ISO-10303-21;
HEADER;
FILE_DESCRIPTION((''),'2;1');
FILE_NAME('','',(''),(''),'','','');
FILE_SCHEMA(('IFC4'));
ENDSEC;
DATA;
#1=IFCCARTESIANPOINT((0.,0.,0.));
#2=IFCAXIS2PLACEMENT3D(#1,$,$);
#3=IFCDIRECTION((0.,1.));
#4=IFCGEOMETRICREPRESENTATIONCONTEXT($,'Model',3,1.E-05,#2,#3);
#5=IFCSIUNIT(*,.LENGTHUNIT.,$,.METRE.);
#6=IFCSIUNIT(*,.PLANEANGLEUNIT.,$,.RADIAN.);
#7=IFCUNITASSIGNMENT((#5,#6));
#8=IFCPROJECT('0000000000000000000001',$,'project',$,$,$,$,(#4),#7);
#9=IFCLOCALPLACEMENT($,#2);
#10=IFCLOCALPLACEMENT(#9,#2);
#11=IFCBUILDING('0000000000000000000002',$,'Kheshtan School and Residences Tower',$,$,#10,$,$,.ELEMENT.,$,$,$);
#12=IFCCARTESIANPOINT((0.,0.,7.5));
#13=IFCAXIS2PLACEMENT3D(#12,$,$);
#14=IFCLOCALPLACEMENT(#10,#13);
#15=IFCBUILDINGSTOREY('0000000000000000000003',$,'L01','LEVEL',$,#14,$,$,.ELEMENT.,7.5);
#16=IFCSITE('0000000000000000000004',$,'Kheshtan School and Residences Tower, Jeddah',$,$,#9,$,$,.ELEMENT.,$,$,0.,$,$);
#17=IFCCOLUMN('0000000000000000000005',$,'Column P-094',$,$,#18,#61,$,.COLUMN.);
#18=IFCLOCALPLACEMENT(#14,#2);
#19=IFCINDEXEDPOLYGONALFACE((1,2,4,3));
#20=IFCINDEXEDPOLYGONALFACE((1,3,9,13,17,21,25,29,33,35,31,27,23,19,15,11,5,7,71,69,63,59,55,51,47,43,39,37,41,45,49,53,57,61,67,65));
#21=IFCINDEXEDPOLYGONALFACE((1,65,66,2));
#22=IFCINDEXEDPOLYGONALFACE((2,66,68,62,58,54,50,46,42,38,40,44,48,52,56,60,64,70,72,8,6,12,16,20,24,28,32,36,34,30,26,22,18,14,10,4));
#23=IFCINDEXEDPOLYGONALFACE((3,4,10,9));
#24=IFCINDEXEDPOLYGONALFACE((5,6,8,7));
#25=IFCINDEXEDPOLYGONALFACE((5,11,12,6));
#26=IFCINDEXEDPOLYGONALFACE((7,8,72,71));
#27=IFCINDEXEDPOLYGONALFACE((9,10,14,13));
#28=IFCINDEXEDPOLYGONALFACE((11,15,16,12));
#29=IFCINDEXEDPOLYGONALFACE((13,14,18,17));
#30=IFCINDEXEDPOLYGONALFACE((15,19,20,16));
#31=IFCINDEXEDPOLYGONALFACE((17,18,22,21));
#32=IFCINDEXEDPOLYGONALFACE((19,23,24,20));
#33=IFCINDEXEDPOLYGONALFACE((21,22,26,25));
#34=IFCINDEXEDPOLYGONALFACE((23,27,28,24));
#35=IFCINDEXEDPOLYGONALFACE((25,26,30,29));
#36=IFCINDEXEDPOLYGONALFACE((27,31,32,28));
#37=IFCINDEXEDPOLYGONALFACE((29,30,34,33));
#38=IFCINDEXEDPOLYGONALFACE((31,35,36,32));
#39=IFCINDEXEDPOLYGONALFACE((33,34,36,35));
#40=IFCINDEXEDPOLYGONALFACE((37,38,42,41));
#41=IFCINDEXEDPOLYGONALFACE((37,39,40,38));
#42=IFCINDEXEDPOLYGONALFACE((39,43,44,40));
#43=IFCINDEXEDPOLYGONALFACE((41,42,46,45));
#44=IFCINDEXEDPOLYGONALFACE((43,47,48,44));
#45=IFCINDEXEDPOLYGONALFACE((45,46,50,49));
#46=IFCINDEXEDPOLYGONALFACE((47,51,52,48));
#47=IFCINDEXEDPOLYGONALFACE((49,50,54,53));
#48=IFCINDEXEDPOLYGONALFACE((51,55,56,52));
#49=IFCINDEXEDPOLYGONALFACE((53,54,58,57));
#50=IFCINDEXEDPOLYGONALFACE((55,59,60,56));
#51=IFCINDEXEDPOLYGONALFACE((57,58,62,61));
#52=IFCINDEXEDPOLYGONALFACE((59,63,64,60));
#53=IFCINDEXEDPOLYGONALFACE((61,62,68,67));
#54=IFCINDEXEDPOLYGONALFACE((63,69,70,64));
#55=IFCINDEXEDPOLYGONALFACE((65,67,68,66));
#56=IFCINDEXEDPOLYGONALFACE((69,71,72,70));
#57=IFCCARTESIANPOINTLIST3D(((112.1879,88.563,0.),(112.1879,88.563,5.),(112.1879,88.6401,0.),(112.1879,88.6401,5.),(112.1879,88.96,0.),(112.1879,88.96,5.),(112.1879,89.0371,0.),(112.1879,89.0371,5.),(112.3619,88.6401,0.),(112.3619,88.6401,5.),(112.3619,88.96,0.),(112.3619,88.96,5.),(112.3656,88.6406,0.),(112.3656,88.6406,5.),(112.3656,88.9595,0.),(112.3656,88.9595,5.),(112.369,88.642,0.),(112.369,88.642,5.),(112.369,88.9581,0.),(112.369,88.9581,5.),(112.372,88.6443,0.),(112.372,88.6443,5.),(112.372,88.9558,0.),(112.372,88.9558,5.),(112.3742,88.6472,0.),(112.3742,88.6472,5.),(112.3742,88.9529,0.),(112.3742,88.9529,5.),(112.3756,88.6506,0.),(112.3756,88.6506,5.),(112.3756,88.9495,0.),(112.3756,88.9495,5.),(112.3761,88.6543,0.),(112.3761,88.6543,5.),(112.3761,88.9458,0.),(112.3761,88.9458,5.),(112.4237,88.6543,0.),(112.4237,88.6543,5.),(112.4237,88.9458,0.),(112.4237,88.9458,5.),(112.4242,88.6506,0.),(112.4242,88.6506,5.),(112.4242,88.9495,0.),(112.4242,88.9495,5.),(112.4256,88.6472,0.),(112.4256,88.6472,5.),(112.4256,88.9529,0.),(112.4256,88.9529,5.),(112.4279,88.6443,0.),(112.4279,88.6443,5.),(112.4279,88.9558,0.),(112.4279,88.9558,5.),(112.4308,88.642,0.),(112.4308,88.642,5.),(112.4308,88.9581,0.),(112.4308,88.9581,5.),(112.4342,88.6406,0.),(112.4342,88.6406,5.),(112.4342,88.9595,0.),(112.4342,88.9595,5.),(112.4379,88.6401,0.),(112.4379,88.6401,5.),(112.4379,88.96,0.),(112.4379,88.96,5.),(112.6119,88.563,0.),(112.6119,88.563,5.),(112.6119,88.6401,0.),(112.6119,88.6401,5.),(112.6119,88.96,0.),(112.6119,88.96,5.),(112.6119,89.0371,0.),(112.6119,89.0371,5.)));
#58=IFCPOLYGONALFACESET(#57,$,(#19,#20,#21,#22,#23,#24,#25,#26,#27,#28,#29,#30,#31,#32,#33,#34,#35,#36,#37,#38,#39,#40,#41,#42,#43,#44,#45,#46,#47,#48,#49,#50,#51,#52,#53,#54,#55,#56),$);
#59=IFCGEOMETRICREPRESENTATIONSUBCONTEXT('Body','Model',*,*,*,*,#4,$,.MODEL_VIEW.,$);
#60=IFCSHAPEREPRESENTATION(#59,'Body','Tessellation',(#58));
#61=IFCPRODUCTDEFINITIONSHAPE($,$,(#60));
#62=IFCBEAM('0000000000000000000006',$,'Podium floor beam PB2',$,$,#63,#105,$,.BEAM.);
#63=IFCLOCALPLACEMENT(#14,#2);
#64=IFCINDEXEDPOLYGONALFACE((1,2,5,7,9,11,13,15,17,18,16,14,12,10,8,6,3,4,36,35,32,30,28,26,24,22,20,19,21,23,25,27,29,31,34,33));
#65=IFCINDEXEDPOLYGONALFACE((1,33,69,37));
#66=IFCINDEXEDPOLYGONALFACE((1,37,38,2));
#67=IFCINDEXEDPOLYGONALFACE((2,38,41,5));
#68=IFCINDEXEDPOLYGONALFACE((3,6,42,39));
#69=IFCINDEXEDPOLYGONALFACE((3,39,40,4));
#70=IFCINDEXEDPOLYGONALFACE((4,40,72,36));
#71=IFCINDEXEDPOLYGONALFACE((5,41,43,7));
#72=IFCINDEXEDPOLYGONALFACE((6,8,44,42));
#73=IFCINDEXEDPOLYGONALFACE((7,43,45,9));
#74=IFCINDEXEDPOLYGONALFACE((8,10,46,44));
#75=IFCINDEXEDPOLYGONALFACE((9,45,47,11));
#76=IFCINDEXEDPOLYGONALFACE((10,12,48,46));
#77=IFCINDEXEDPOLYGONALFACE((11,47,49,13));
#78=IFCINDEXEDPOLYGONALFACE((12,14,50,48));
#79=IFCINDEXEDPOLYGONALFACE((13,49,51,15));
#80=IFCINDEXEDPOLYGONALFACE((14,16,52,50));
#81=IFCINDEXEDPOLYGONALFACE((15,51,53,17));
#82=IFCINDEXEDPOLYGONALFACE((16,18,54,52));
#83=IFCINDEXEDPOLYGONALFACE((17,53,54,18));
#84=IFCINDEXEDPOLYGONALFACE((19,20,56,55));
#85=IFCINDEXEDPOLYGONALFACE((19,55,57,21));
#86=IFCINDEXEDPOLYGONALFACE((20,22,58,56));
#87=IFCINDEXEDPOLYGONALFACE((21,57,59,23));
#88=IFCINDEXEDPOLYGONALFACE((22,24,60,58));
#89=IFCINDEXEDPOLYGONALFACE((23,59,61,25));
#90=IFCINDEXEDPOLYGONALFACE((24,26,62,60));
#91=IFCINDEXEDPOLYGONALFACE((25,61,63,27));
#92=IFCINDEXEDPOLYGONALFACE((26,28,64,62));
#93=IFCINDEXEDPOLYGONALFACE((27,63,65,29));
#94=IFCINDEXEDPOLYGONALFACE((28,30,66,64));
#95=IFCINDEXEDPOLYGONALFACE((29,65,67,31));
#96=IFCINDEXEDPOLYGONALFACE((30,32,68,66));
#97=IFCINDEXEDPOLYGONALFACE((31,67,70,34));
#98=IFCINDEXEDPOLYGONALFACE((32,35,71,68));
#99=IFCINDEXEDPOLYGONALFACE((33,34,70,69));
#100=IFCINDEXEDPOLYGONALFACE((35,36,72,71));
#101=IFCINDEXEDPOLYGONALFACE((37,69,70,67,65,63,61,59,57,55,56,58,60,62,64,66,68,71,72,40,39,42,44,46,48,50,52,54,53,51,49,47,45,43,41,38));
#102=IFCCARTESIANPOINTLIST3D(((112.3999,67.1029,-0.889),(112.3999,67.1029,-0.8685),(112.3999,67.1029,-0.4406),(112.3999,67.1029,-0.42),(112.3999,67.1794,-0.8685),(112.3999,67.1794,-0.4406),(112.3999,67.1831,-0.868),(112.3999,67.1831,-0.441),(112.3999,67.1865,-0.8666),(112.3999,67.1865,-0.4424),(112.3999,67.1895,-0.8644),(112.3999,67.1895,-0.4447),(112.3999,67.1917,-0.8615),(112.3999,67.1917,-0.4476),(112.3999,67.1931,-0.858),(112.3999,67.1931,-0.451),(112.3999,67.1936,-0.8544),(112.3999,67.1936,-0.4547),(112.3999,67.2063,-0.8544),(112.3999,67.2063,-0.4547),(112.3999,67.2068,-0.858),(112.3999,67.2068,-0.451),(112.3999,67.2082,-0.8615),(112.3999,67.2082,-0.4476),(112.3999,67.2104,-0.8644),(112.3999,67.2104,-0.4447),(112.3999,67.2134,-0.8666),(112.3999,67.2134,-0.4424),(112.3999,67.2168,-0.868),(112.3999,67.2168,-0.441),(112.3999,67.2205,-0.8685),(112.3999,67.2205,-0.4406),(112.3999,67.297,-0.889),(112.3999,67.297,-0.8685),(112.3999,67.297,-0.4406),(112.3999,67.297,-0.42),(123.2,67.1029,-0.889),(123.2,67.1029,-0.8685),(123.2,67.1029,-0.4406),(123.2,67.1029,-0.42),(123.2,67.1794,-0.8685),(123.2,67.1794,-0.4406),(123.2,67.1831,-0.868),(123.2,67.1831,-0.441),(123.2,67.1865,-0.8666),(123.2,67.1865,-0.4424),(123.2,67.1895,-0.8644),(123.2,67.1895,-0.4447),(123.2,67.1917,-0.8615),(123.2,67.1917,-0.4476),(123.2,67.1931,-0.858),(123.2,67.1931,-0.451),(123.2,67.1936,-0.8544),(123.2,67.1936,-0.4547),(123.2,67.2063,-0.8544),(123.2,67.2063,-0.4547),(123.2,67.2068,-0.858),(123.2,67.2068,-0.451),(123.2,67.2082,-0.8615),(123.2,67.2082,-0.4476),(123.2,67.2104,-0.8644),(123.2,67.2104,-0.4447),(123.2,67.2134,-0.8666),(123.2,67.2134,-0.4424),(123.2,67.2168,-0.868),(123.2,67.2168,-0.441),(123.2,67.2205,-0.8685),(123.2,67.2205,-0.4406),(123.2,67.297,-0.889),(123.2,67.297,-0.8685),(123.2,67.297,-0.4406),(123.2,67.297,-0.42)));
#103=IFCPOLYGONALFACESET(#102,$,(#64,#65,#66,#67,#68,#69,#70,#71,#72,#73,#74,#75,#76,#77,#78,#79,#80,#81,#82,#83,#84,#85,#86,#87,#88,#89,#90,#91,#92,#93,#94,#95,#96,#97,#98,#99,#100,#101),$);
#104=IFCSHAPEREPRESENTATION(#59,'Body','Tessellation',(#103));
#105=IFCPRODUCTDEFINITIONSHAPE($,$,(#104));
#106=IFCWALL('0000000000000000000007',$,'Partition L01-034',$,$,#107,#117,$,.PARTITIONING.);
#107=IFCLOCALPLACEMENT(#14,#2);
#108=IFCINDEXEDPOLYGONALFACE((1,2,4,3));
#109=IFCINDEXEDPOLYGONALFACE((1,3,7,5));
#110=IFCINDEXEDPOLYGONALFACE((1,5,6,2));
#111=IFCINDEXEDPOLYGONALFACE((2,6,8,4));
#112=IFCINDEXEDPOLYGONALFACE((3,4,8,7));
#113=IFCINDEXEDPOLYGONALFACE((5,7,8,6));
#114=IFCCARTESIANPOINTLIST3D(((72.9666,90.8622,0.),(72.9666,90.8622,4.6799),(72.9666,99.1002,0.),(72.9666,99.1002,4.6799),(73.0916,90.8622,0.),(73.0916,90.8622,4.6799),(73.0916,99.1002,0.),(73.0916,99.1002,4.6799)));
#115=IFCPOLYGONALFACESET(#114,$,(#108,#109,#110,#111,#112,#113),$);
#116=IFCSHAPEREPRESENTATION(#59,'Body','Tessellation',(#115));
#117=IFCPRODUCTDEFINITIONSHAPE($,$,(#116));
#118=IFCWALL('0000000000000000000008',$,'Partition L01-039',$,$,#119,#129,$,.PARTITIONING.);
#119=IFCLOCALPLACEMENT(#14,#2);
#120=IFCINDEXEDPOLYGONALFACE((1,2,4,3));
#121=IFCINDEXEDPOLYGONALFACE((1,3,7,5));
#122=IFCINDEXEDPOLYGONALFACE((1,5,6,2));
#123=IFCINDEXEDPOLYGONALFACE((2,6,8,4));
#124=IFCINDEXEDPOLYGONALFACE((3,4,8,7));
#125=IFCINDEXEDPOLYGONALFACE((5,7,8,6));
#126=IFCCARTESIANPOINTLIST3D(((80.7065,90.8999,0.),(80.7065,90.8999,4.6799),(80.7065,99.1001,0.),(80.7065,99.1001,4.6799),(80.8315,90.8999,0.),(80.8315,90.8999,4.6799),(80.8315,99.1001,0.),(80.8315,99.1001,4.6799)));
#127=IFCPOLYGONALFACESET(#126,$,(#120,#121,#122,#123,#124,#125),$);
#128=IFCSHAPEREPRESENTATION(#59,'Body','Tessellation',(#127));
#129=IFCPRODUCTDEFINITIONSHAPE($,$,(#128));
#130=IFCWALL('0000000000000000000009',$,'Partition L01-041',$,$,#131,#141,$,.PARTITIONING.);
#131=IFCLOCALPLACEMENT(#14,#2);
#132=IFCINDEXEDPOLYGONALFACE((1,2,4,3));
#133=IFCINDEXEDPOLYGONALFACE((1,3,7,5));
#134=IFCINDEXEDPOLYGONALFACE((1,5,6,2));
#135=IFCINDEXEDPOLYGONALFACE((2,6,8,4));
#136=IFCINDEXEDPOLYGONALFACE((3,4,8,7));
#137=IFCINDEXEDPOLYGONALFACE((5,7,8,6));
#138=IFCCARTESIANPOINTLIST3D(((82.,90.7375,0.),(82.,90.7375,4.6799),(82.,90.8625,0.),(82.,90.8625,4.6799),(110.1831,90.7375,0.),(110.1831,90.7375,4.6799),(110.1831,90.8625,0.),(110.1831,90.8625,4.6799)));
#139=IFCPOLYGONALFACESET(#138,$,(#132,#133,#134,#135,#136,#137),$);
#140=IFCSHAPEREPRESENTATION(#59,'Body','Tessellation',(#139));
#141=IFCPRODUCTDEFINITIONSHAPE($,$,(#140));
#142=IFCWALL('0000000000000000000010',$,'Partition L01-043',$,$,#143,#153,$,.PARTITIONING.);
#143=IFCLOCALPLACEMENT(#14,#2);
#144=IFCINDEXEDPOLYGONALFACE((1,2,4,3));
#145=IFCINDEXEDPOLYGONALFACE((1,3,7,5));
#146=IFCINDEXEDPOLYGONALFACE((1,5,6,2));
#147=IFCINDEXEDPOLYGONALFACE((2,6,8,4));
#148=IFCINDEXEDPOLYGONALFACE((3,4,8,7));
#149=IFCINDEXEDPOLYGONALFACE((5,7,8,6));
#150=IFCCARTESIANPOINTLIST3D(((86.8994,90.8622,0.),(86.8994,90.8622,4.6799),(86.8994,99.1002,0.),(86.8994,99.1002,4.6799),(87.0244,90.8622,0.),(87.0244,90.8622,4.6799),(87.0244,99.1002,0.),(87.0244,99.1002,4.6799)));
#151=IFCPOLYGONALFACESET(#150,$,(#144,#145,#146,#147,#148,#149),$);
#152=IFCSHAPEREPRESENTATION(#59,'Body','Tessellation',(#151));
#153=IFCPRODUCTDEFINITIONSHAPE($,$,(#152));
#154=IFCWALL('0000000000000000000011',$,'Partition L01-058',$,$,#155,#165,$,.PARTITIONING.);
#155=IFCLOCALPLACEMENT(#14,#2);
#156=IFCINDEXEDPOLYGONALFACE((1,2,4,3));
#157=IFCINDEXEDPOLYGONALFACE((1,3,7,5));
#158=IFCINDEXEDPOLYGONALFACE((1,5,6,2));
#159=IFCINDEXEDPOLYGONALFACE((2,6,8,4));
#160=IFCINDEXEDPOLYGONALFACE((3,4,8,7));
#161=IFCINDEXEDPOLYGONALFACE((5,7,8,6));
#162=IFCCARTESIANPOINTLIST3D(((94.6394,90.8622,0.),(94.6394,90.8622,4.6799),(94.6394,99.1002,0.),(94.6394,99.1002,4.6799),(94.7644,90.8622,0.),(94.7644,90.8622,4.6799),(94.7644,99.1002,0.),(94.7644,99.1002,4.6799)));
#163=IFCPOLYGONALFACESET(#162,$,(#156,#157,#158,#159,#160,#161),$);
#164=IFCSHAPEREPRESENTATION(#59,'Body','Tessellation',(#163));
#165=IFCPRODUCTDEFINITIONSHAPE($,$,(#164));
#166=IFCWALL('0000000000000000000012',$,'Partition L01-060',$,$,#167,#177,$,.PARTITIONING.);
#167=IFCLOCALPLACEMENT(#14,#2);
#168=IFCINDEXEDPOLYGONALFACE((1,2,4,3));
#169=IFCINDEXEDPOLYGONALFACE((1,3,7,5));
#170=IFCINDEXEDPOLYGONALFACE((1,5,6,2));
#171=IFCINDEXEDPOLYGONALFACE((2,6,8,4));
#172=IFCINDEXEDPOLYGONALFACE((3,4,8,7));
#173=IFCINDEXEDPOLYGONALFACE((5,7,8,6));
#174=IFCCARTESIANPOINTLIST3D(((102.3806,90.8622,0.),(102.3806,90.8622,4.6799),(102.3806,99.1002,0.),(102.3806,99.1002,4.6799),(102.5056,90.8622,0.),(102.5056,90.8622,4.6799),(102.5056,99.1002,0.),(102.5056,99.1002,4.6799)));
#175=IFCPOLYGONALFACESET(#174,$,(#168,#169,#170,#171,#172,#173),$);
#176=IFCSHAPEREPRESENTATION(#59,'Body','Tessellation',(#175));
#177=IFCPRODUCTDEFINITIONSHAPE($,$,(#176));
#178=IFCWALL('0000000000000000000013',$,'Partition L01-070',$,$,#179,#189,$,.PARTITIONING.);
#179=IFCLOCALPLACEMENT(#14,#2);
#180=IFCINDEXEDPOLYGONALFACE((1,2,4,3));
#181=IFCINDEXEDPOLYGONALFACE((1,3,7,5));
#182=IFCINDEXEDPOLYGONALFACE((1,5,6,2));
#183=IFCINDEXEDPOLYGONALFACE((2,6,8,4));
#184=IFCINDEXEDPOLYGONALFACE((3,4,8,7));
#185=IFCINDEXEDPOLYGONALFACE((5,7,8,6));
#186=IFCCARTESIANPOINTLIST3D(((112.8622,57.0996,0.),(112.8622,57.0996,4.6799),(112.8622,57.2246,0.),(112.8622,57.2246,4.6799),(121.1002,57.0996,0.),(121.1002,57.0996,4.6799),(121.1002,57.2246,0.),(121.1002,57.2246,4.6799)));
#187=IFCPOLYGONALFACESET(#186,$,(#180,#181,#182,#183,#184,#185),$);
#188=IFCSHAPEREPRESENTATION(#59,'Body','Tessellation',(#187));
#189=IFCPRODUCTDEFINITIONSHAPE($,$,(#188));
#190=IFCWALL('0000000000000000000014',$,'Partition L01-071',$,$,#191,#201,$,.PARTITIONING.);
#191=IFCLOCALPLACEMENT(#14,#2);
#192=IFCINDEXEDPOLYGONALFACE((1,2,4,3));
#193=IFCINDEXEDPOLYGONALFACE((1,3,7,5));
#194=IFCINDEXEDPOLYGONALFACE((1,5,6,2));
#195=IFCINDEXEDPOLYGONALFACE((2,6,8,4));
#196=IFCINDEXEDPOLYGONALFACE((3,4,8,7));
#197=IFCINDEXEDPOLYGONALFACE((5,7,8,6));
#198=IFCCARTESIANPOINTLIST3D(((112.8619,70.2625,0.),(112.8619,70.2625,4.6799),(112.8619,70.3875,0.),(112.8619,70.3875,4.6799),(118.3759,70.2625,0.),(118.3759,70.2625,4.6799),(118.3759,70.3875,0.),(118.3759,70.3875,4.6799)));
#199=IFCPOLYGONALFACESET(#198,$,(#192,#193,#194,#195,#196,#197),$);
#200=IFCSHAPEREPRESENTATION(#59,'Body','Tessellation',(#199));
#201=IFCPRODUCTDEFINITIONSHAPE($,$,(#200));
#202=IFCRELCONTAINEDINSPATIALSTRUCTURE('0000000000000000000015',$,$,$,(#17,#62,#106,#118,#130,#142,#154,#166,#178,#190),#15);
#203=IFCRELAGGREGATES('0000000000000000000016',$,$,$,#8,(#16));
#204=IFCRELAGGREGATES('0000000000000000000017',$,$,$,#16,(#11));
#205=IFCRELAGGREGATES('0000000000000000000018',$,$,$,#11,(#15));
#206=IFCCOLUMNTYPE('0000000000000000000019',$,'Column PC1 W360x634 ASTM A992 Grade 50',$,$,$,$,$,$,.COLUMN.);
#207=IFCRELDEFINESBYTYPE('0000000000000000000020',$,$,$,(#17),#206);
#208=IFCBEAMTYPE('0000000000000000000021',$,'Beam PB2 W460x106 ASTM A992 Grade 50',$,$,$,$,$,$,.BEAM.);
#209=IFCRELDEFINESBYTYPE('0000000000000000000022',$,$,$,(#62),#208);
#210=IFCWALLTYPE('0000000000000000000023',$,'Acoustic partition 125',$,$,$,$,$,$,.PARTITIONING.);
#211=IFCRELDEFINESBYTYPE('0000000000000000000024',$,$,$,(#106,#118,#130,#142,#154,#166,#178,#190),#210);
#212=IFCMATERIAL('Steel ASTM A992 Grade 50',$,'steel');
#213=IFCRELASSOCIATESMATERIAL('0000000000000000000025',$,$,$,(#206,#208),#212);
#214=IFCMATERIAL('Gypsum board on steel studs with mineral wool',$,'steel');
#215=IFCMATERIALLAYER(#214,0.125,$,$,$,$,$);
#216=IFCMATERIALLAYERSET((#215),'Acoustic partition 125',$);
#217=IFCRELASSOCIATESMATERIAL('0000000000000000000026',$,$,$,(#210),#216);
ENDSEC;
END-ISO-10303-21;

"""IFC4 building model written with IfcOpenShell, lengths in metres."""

from ifc_helpers import new_model, si_unit, direction, frame, frame_2d, origin, origin_2d, place, context, subcontext, project, spatial, rectangle, i_section, extrude, material, layer, layer_set, material_profile, profile_set, type_object, element, save


model = new_model("IFC4")

# Units and contexts
model_context = context("Model", 3, precision=1e-05, world=origin(), true_north=direction((0.0, 1.0)))
body_context = subcontext(model_context, "Body", "Model", "MODEL_VIEW")
ifc_project = project(units=[si_unit("LENGTHUNIT", "METRE"), si_unit("PLANEANGLEUNIT", "RADIAN")], contexts=[model_context])

# Site, building, storey
site_placement = place(None, origin())
site = spatial("IfcSite", under=ifc_project, at=site_placement, Name="Kheshtan School and Residences Tower, Jeddah", CompositionType="ELEMENT", RefElevation=0.0)
building_placement = place(site_placement, origin())
building = spatial("IfcBuilding", under=site, at=building_placement, Name="Kheshtan School and Residences Tower", CompositionType="ELEMENT")
storey_placement = place(building_placement, frame((0.0, 0.0, 7.5)))
storey = spatial("IfcBuildingStorey", under=building, at=storey_placement, Name="L01", Description="LEVEL", CompositionType="ELEMENT", Elevation=7.5)

# Column
ifc_material_1 = material(Name="Steel ASTM A992 Grade 50", Category="steel")
ifc_material_profile_1 = material_profile(ifc_material_1, i_section(OverallWidth=0.4241, OverallDepth=0.4741, WebThickness=0.0476, FlangeThickness=0.0771, FilletRadius=0.0142, at=origin_2d()), Name="W360x634")
ifc_profile_set_1 = profile_set([ifc_material_profile_1], Name="Steel ASTM A992 Grade 50")
column_type = type_object("IfcColumnType", Name="Column PC1 W360x634 ASTM A992 Grade 50", PredefinedType="COLUMN", material=ifc_profile_set_1)
for number, where, z_axis, x_axis, name in (
    (1, (112.3999, 88.8, 0.0), (0.0, 0.0, 1.0), (1.0, 0.0, 0.0), "Column P-094"),
):
    element("IfcColumn", number, at=place(storey_placement, frame(where, z_axis=z_axis, x_axis=x_axis)), inside=storey, type_object=column_type, Name=name, PredefinedType="COLUMN", context=body_context, shape_type="SweptSolid", body=[
        extrude(i_section(OverallWidth=0.4241, OverallDepth=0.4741, WebThickness=0.0476, FlangeThickness=0.0771, FilletRadius=0.0142, at=origin_2d()), origin(), (0.0, 0.0, 1.0), 5.0),
    ])

# Beam
ifc_material_profile_2 = material_profile(ifc_material_1, i_section(OverallWidth=0.1941, OverallDepth=0.469, WebThickness=0.0127, FlangeThickness=0.0205, FilletRadius=0.0142, at=origin_2d()), Name="W460x106")
ifc_profile_set_2 = profile_set([ifc_material_profile_2], Name="Steel ASTM A992 Grade 50")
beam_type = type_object("IfcBeamType", Name="Beam PB2 W460x106 ASTM A992 Grade 50", PredefinedType="BEAM", material=ifc_profile_set_2)
beam_placement = place(storey_placement, frame((112.3999, 67.2, -0.6545), z_axis=(1.0, 0.0, 0.0), x_axis=(0.0, 1.0, 0.0)))
element("IfcBeam", 2, at=beam_placement, inside=storey, type_object=beam_type, Name="Podium floor beam PB2", PredefinedType="BEAM", context=body_context, shape_type="SweptSolid", body=[
    extrude(i_section(OverallWidth=0.1941, OverallDepth=0.469, WebThickness=0.0127, FlangeThickness=0.0205, FilletRadius=0.0142, at=origin_2d()), origin(), (0.0, 0.0, 1.0), 10.8),
])

# Walls
ifc_material_2 = material(Name="Gypsum board on steel studs with mineral wool", Category="steel")
ifc_layer_1 = layer(ifc_material_2, 0.125)
ifc_layer_set_1 = layer_set([ifc_layer_1], Name="Acoustic partition 125")
wall_type_1 = type_object("IfcWallType", Name="Acoustic partition 125", PredefinedType="PARTITIONING", material=ifc_layer_set_1)
wall_1_placement = place(storey_placement, frame((73.0291, 90.8621, 0.0), z_axis=(0.0, 0.0, 1.0), x_axis=(0.0, 1.0, 0.0)))
element("IfcWall", 3, at=wall_1_placement, inside=storey, type_object=wall_type_1, Name="Partition L01-034", PredefinedType="PARTITIONING", context=body_context, shape_type="SweptSolid", body=[
    extrude(rectangle(XDim=8.238, YDim=0.125, at=frame_2d((4.1191, 0.0))), origin(), (0.0, 0.0, 1.0), 4.6799),
])
wall_2_placement = place(storey_placement, frame((80.769, 90.8999, 0.0), z_axis=(0.0, 0.0, 1.0), x_axis=(0.0, 1.0, 0.0)))
element("IfcWall", 4, at=wall_2_placement, inside=storey, type_object=wall_type_1, Name="Partition L01-039", PredefinedType="PARTITIONING", context=body_context, shape_type="SweptSolid", body=[
    extrude(rectangle(XDim=8.2002, YDim=0.125, at=frame_2d((4.1001, 0.0))), origin(), (0.0, 0.0, 1.0), 4.6799),
])
wall_3_placement = place(storey_placement, frame((82.0, 90.8, 0.0), z_axis=(0.0, 0.0, 1.0), x_axis=(1.0, 0.0, 0.0)))
element("IfcWall", 5, at=wall_3_placement, inside=storey, type_object=wall_type_1, Name="Partition L01-041", PredefinedType="PARTITIONING", context=body_context, shape_type="SweptSolid", body=[
    extrude(rectangle(XDim=28.1831, YDim=0.125, at=frame_2d((14.0916, 0.0))), origin(), (0.0, 0.0, 1.0), 4.6799),
])
for number, where, z_axis, x_axis, name in (
    (6, (86.9619, 90.8621, 0.0), (0.0, 0.0, 1.0), (0.0, 1.0, 0.0), "Partition L01-043"),
    (7, (94.7019, 90.8621, 0.0), (0.0, 0.0, 1.0), (0.0, 1.0, 0.0), "Partition L01-058"),
    (8, (102.4431, 90.8621, 0.0), (0.0, 0.0, 1.0), (0.0, 1.0, 0.0), "Partition L01-060"),
    (9, (112.8621, 57.1621, 0.0), (0.0, 0.0, 1.0), (1.0, 0.0, 0.0), "Partition L01-070"),
):
    element("IfcWall", number, at=place(storey_placement, frame(where, z_axis=z_axis, x_axis=x_axis)), inside=storey, type_object=wall_type_1, Name=name, PredefinedType="PARTITIONING", context=body_context, shape_type="SweptSolid", body=[
        extrude(rectangle(XDim=8.238, YDim=0.125, at=frame_2d((4.1191, 0.0))), origin(), (0.0, 0.0, 1.0), 4.6799),
    ])
wall_4_placement = place(storey_placement, frame((112.8621, 70.325, 0.0), z_axis=(0.0, 0.0, 1.0), x_axis=(1.0, 0.0, 0.0)))
element("IfcWall", 10, at=wall_4_placement, inside=storey, type_object=wall_type_1, Name="Partition L01-071", PredefinedType="PARTITIONING", context=body_context, shape_type="SweptSolid", body=[
    extrude(rectangle(XDim=5.5139, YDim=0.125, at=frame_2d((2.7568, 0.0))), origin(), (0.0, 0.0, 1.0), 4.6799),
])

save(model, "model.ifc")
